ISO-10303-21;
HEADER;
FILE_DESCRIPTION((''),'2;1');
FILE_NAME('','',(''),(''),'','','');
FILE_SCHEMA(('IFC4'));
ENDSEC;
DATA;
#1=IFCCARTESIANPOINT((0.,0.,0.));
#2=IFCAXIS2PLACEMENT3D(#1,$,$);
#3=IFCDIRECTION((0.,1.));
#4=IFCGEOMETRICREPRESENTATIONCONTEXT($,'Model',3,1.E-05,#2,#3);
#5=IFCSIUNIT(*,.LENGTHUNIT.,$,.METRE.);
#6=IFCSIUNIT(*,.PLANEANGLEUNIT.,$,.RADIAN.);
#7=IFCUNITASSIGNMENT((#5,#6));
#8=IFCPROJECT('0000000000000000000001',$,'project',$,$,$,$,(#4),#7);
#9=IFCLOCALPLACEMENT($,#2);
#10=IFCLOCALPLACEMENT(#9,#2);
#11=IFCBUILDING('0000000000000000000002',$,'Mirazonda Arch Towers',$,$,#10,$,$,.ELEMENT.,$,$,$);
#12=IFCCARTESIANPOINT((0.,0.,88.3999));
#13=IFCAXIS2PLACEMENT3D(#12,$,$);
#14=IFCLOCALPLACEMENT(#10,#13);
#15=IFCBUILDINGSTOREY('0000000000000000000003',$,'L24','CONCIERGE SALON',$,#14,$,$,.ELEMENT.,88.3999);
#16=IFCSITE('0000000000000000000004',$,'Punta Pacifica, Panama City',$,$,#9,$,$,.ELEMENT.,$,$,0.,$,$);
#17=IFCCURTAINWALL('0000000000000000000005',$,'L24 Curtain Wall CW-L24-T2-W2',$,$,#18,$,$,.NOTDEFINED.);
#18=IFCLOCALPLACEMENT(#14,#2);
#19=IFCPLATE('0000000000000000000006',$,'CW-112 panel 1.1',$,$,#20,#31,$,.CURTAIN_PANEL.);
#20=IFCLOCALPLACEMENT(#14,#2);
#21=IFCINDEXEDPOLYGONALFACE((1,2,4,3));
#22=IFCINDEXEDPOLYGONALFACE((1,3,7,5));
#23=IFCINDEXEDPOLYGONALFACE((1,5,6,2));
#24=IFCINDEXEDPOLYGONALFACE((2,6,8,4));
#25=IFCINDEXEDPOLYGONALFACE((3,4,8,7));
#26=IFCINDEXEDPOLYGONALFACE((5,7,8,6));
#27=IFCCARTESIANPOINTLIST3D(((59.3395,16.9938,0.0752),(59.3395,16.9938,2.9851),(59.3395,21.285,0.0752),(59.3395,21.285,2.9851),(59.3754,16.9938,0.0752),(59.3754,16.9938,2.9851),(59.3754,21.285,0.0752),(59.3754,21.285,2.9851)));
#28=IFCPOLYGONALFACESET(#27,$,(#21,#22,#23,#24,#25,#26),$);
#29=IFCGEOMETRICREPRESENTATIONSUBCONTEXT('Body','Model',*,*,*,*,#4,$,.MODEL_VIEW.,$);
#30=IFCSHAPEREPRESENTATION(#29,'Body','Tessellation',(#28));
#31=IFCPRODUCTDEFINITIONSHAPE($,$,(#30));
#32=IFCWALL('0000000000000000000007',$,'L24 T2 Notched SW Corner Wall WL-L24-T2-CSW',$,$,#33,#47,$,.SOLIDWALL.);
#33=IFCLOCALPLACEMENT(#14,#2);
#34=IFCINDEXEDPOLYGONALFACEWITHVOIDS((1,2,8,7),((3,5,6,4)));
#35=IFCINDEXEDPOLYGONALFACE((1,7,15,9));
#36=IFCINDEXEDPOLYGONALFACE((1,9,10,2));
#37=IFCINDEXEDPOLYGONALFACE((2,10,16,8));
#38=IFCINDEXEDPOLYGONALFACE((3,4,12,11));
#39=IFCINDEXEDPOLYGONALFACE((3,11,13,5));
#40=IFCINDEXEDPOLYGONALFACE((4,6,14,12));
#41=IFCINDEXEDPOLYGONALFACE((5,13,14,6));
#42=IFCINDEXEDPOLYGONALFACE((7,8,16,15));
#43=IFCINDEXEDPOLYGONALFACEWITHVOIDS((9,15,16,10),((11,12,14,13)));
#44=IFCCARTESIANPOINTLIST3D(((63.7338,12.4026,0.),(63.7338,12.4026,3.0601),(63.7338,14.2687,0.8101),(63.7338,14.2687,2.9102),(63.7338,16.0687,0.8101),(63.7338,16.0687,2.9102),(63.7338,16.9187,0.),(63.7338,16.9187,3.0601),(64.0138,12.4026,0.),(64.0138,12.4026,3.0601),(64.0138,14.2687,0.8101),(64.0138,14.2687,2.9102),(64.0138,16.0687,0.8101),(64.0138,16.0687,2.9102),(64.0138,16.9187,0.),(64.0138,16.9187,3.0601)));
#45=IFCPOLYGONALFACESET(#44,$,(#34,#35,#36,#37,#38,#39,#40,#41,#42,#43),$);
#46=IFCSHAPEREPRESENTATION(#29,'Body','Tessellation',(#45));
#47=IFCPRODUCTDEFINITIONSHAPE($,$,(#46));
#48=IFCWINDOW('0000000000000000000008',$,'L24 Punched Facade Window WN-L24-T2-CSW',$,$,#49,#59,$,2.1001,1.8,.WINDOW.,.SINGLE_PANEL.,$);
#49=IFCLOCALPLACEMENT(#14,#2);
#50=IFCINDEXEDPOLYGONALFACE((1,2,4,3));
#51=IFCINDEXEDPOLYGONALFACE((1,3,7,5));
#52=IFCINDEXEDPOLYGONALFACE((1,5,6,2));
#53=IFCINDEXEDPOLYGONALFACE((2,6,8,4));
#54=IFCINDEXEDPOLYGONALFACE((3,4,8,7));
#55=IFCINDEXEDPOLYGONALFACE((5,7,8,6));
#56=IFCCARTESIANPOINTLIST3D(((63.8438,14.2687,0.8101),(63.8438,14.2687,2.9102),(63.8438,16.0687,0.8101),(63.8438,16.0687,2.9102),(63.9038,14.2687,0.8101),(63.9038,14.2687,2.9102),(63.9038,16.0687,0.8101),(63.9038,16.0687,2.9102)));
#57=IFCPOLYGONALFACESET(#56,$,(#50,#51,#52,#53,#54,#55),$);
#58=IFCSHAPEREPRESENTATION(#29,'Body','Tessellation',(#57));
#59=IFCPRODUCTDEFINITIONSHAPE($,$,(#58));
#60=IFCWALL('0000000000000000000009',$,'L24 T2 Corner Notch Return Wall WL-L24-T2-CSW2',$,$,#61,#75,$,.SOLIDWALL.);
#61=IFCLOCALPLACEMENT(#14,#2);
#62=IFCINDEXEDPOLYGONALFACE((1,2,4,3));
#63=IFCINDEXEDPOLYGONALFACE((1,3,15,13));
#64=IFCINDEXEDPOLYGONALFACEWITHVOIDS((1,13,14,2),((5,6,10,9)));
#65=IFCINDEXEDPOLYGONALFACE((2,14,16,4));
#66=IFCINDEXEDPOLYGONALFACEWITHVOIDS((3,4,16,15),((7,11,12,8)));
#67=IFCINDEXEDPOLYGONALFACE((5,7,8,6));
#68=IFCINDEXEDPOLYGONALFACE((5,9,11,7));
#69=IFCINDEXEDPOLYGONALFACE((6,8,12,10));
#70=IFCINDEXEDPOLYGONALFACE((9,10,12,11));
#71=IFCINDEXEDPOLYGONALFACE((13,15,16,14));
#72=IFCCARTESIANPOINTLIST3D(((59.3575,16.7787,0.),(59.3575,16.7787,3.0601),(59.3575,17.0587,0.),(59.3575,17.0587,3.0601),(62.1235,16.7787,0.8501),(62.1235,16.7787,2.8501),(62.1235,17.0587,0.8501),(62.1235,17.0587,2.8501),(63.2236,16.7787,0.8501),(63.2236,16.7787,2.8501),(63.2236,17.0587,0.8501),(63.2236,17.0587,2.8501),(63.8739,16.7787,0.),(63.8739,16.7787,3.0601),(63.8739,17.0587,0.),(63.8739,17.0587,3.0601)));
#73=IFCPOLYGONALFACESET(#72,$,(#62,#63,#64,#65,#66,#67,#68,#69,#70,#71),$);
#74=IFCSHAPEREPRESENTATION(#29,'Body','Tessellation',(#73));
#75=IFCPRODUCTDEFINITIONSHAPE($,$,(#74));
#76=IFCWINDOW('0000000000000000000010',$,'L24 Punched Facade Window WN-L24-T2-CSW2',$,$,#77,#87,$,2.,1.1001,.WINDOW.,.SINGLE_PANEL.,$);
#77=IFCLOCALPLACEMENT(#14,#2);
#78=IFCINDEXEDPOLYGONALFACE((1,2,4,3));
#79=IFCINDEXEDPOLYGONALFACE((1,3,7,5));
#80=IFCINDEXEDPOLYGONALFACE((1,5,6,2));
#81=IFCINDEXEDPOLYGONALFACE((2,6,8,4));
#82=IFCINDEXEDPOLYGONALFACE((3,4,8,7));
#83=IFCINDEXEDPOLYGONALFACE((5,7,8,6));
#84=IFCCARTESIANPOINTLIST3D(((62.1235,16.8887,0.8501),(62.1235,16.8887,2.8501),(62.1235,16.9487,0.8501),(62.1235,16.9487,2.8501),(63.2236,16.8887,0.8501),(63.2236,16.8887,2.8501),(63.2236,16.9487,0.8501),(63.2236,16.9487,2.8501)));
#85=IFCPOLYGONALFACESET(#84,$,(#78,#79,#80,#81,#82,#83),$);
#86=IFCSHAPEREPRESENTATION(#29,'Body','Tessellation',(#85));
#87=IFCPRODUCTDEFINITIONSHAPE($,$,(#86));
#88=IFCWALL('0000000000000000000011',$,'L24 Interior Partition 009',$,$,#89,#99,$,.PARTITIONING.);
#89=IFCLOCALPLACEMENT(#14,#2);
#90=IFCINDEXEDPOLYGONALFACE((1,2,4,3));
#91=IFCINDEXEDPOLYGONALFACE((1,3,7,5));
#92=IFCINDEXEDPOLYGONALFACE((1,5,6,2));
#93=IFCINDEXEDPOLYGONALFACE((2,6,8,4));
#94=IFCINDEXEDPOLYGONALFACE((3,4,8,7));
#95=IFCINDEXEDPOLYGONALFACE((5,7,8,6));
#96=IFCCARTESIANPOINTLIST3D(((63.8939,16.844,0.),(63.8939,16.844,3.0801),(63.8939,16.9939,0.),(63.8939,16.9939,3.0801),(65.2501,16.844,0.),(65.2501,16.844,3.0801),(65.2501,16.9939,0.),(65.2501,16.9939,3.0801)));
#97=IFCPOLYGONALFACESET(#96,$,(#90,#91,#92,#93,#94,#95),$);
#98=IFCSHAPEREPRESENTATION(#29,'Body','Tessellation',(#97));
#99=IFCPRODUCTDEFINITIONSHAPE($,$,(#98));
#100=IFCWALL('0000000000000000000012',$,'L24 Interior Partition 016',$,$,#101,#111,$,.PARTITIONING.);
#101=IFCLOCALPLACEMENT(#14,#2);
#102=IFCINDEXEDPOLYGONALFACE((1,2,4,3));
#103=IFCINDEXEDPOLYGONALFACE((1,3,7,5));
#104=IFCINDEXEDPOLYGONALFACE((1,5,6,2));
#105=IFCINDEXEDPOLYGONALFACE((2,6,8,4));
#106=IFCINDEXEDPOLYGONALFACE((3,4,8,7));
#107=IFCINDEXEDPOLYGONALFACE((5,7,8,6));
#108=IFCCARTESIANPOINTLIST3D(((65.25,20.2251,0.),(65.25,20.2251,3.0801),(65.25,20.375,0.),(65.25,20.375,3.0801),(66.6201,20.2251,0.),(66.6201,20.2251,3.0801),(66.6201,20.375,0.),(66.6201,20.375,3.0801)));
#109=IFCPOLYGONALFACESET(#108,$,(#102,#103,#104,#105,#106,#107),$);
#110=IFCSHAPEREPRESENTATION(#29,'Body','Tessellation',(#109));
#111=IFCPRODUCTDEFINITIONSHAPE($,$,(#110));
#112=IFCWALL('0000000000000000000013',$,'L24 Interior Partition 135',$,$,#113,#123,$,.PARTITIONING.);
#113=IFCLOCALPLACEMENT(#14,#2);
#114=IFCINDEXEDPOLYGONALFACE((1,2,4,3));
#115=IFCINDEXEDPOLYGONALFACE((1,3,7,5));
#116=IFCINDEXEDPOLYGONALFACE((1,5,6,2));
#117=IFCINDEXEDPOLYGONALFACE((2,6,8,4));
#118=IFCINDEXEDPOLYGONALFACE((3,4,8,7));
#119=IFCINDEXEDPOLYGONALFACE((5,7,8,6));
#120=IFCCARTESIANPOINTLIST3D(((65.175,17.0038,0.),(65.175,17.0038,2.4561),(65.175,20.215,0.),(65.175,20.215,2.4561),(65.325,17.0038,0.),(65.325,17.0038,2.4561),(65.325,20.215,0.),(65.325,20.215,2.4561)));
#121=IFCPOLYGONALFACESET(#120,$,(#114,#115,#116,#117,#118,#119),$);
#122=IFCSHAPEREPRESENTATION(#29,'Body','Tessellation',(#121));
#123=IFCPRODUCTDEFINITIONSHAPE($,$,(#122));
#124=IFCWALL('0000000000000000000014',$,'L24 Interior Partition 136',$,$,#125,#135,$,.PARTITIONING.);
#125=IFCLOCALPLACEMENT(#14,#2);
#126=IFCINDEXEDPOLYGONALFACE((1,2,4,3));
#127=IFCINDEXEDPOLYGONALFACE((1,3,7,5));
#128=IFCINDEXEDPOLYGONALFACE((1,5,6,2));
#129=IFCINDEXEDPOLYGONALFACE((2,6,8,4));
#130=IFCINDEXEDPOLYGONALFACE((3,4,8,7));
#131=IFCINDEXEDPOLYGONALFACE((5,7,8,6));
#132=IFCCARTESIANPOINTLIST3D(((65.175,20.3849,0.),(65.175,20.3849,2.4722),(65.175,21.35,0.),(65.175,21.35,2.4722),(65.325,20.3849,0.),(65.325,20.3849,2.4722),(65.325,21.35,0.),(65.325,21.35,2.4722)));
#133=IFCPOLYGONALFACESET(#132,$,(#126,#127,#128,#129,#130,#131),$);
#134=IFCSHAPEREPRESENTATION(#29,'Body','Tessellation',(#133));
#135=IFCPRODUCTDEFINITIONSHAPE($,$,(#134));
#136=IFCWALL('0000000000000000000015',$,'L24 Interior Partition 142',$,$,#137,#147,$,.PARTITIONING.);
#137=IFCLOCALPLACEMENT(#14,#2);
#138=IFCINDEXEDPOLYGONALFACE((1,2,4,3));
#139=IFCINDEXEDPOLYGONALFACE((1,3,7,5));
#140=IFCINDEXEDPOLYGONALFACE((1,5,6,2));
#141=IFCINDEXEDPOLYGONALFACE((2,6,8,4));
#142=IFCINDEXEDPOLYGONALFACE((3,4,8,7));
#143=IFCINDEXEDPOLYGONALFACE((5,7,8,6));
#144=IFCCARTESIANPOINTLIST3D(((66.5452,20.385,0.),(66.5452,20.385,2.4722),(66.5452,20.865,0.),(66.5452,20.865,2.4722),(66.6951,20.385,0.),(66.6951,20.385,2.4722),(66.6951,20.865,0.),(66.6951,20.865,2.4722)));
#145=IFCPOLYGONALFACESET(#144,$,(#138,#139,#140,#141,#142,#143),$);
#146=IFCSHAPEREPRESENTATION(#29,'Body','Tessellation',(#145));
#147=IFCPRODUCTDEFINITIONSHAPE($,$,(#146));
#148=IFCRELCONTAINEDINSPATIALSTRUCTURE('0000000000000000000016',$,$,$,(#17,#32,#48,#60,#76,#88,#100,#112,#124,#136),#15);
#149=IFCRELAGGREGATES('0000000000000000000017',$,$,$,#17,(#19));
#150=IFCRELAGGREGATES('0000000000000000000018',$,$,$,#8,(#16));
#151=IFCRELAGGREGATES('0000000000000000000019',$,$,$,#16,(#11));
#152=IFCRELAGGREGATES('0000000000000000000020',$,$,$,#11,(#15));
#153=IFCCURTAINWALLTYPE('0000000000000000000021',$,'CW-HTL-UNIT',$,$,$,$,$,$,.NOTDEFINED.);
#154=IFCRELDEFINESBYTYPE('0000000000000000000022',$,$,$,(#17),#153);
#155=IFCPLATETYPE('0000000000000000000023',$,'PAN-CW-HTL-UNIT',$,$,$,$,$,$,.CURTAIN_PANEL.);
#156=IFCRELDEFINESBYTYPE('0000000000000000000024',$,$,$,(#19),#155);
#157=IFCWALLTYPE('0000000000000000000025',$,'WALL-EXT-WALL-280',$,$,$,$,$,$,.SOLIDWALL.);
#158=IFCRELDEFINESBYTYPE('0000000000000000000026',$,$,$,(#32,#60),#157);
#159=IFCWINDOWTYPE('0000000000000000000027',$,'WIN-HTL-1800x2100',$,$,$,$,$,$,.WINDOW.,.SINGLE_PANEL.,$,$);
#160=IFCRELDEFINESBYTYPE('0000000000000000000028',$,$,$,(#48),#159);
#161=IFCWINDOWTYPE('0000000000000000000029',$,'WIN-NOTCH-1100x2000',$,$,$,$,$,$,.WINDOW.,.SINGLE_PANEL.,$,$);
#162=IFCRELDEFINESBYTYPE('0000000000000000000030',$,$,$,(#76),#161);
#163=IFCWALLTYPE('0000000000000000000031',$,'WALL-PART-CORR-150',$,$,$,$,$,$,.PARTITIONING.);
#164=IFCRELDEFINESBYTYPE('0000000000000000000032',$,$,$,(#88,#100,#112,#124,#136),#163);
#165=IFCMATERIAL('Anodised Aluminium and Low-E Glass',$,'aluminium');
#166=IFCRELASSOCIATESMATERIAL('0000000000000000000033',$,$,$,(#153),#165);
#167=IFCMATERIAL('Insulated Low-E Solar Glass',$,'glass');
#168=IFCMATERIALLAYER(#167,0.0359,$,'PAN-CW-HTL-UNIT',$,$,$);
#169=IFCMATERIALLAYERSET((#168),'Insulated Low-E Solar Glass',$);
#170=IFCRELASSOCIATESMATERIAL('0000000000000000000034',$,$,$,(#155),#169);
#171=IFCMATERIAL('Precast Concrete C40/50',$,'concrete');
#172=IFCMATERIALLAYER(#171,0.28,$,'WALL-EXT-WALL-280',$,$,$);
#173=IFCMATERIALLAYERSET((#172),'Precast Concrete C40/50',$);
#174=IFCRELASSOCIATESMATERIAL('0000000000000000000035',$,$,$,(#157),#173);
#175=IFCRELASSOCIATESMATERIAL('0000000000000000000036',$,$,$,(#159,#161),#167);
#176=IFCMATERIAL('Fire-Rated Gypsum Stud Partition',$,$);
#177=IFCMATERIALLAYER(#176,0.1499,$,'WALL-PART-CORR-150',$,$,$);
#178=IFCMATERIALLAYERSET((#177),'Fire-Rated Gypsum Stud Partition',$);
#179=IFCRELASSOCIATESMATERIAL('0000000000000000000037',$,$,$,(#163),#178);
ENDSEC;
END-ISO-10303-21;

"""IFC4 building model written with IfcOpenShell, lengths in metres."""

from ifc_helpers import new_model, si_unit, direction, frame, frame_2d, origin, origin_2d, place, context, subcontext, project, spatial, rectangle, extrude, material, layer, layer_set, type_object, element, fill, aggregate, save


model = new_model("IFC4")

# Units and contexts
model_context = context("Model", 3, precision=1e-05, world=origin(), true_north=direction((0.0, 1.0)))
body_context = subcontext(model_context, "Body", "Model", "MODEL_VIEW")
ifc_project = project(units=[si_unit("LENGTHUNIT", "METRE"), si_unit("PLANEANGLEUNIT", "RADIAN")], contexts=[model_context])

# Site, building, storey
site_placement = place(None, origin())
site = spatial("IfcSite", under=ifc_project, at=site_placement, Name="Punta Pacifica, Panama City", CompositionType="ELEMENT", RefElevation=0.0)
building_placement = place(site_placement, origin())
building = spatial("IfcBuilding", under=site, at=building_placement, Name="Mirazonda Arch Towers", CompositionType="ELEMENT")
storey_placement = place(building_placement, frame((0.0, 0.0, 88.3999)))
storey = spatial("IfcBuildingStorey", under=building, at=storey_placement, Name="L24", Description="CONCIERGE SALON", CompositionType="ELEMENT", Elevation=88.3999)

# Shared definitions
ifc_material_1 = material(Name="Anodised Aluminium and Low-E Glass", Category="aluminium")
curtain_wall_type = type_object("IfcCurtainWallType", Name="CW-HTL-UNIT", PredefinedType="NOTDEFINED", material=ifc_material_1)

# Curtain wall, plate
curtain_wall_1_placement = place(storey_placement, origin())
curtain_wall_1 = element("IfcCurtainWall", 1, at=curtain_wall_1_placement, inside=storey, type_object=curtain_wall_type, Name="L24 Curtain Wall CW-L24-T2-W2", PredefinedType="NOTDEFINED")
ifc_material_2 = material(Name="Insulated Low-E Solar Glass", Category="glass")
ifc_layer_1 = layer(ifc_material_2, 0.0359, Name="PAN-CW-HTL-UNIT")
ifc_layer_set_1 = layer_set([ifc_layer_1], Name="Insulated Low-E Solar Glass")
plate_type = type_object("IfcPlateType", Name="PAN-CW-HTL-UNIT", PredefinedType="CURTAIN_PANEL", material=ifc_layer_set_1)
plate_placement = place(storey_placement, frame((59.3574, 19.1394, 0.0752), z_axis=(0.0, 0.0, 1.0), x_axis=(0.0, -1.0, 0.0)))
plate = element("IfcPlate", 2, at=plate_placement, type_object=plate_type, Name="CW-112 panel 1.1", PredefinedType="CURTAIN_PANEL", context=body_context, shape_type="SweptSolid", body=[
    extrude(rectangle(XDim=4.2913, YDim=0.0359, at=origin_2d()), origin(), (0.0, 0.0, 1.0), 2.9099),
])
aggregate(curtain_wall_1, [plate])

# Walls, openings, windows
ifc_material_3 = material(Name="Precast Concrete C40/50", Category="concrete")
ifc_layer_2 = layer(ifc_material_3, 0.28, Name="WALL-EXT-WALL-280")
ifc_layer_set_2 = layer_set([ifc_layer_2], Name="Precast Concrete C40/50")
wall_type_1 = type_object("IfcWallType", Name="WALL-EXT-WALL-280", PredefinedType="SOLIDWALL", material=ifc_layer_set_2)
wall_1_placement = place(storey_placement, frame((63.8738, 16.9187, 0.0), z_axis=(0.0, 0.0, 1.0), x_axis=(0.0, -1.0, 0.0)))
wall_1 = element("IfcWall", 3, at=wall_1_placement, inside=storey, type_object=wall_type_1, Name="L24 T2 Notched SW Corner Wall WL-L24-T2-CSW", PredefinedType="SOLIDWALL", context=body_context, shape_type="SweptSolid", body=[
    extrude(rectangle(XDim=4.5161, YDim=0.28, at=frame_2d((2.2581, 0.0))), origin(), (0.0, 0.0, 1.0), 3.0601),
])
opening_1_placement = place(wall_1_placement, frame((0.8501, 0.0, 0.8101)))
opening_1 = element("IfcOpeningElement", 4, at=opening_1_placement, cuts=wall_1, PredefinedType="OPENING", context=body_context, shape_type="SweptSolid", body=[
    extrude(rectangle(XDim=1.8, YDim=2.1001, at=frame_2d((0.8999, 1.05))), frame((0.0, 0.1499, 0.0), z_axis=(0.0, -1.0, 0.0), x_axis=(1.0, 0.0, 0.0)), (0.0, 0.0, 1.0), 0.3),
])
window_type_1 = type_object("IfcWindowType", Name="WIN-HTL-1800x2100", PartitioningType="SINGLE_PANEL", PredefinedType="WINDOW", material=ifc_material_2)
window_1_placement = place(opening_1_placement, origin())
window_1 = element("IfcWindow", 5, at=window_1_placement, inside=storey, type_object=window_type_1, Name="L24 Punched Facade Window WN-L24-T2-CSW", OverallHeight=2.1001, OverallWidth=1.8, PartitioningType="SINGLE_PANEL", PredefinedType="WINDOW", context=body_context, shape_type="SweptSolid", body=[
    extrude(rectangle(XDim=1.8, YDim=2.1001, at=frame_2d((0.8999, 1.05))), frame((0.0, 0.03, 0.0), z_axis=(0.0, -1.0, 0.0), x_axis=(1.0, 0.0, 0.0)), (0.0, 0.0, 1.0), 0.0601),
])
fill(opening_1, window_1)
wall_2_placement = place(storey_placement, frame((59.3574, 16.9187, 0.0), z_axis=(0.0, 0.0, 1.0), x_axis=(1.0, 0.0, 0.0)))
wall_2 = element("IfcWall", 6, at=wall_2_placement, inside=storey, type_object=wall_type_1, Name="L24 T2 Corner Notch Return Wall WL-L24-T2-CSW2", PredefinedType="SOLIDWALL", context=body_context, shape_type="SweptSolid", body=[
    extrude(rectangle(XDim=4.5164, YDim=0.28, at=frame_2d((2.2583, 0.0))), origin(), (0.0, 0.0, 1.0), 3.0601),
])
opening_2_placement = place(wall_2_placement, frame((2.7661, 0.0, 0.8501)))
opening_2 = element("IfcOpeningElement", 7, at=opening_2_placement, cuts=wall_2, PredefinedType="OPENING", context=body_context, shape_type="SweptSolid", body=[
    extrude(rectangle(XDim=1.1001, YDim=2.0, at=frame_2d((0.55, 1.0))), frame((0.0, 0.1499, 0.0), z_axis=(0.0, -1.0, 0.0), x_axis=(1.0, 0.0, 0.0)), (0.0, 0.0, 1.0), 0.3),
])
window_type_2 = type_object("IfcWindowType", Name="WIN-NOTCH-1100x2000", PartitioningType="SINGLE_PANEL", PredefinedType="WINDOW", material=ifc_material_2)
window_2_placement = place(opening_2_placement, origin())
window_2 = element("IfcWindow", 8, at=window_2_placement, inside=storey, type_object=window_type_2, Name="L24 Punched Facade Window WN-L24-T2-CSW2", OverallHeight=2.0, OverallWidth=1.1001, PartitioningType="SINGLE_PANEL", PredefinedType="WINDOW", context=body_context, shape_type="SweptSolid", body=[
    extrude(rectangle(XDim=1.1001, YDim=2.0, at=frame_2d((0.55, 1.0))), frame((0.0, 0.03, 0.0), z_axis=(0.0, -1.0, 0.0), x_axis=(1.0, 0.0, 0.0)), (0.0, 0.0, 1.0), 0.0601),
])
fill(opening_2, window_2)

# Walls
ifc_material_4 = material(Name="Fire-Rated Gypsum Stud Partition")
ifc_layer_3 = layer(ifc_material_4, 0.1499, Name="WALL-PART-CORR-150")
ifc_layer_set_3 = layer_set([ifc_layer_3], Name="Fire-Rated Gypsum Stud Partition")
wall_type_2 = type_object("IfcWallType", Name="WALL-PART-CORR-150", PredefinedType="PARTITIONING", material=ifc_layer_set_3)
wall_3_placement = place(storey_placement, frame((63.8938, 16.9189, 0.0), z_axis=(0.0, 0.0, 1.0), x_axis=(1.0, 0.0, 0.0)))
element("IfcWall", 9, at=wall_3_placement, inside=storey, type_object=wall_type_2, Name="L24 Interior Partition 009", PredefinedType="PARTITIONING", context=body_context, shape_type="SweptSolid", body=[
    extrude(rectangle(XDim=1.3562, YDim=0.1499, at=frame_2d((0.6782, 0.0))), origin(), (0.0, 0.0, 1.0), 3.0801),
])
wall_4_placement = place(storey_placement, frame((65.25, 20.3, 0.0), z_axis=(0.0, 0.0, 1.0), x_axis=(1.0, 0.0, 0.0)))
element("IfcWall", 10, at=wall_4_placement, inside=storey, type_object=wall_type_2, Name="L24 Interior Partition 016", PredefinedType="PARTITIONING", context=body_context, shape_type="SweptSolid", body=[
    extrude(rectangle(XDim=1.3701, YDim=0.1499, at=frame_2d((0.6851, 0.0))), origin(), (0.0, 0.0, 1.0), 3.0801),
])
wall_5_placement = place(storey_placement, frame((65.25, 17.0039, 0.0), z_axis=(0.0, 0.0, 1.0), x_axis=(0.0, 1.0, 0.0)))
element("IfcWall", 11, at=wall_5_placement, inside=storey, type_object=wall_type_2, Name="L24 Interior Partition 135", PredefinedType="PARTITIONING", context=body_context, shape_type="SweptSolid", body=[
    extrude(rectangle(XDim=3.2112, YDim=0.1499, at=frame_2d((1.6055, 0.0))), origin(), (0.0, 0.0, 1.0), 2.4561),
])
wall_6_placement = place(storey_placement, frame((65.25, 20.385, 0.0), z_axis=(0.0, 0.0, 1.0), x_axis=(0.0, 1.0, 0.0)))
element("IfcWall", 12, at=wall_6_placement, inside=storey, type_object=wall_type_2, Name="L24 Interior Partition 136", PredefinedType="PARTITIONING", context=body_context, shape_type="SweptSolid", body=[
    extrude(rectangle(XDim=0.9651, YDim=0.1499, at=frame_2d((0.4824, 0.0))), origin(), (0.0, 0.0, 1.0), 2.4722),
])
wall_7_placement = place(storey_placement, frame((66.6201, 20.385, 0.0), z_axis=(0.0, 0.0, 1.0), x_axis=(0.0, 1.0, 0.0)))
element("IfcWall", 13, at=wall_7_placement, inside=storey, type_object=wall_type_2, Name="L24 Interior Partition 142", PredefinedType="PARTITIONING", context=body_context, shape_type="SweptSolid", body=[
    extrude(rectangle(XDim=0.48, YDim=0.1499, at=frame_2d((0.24, 0.0))), origin(), (0.0, 0.0, 1.0), 2.4722),
])

save(model, "model.ifc")
